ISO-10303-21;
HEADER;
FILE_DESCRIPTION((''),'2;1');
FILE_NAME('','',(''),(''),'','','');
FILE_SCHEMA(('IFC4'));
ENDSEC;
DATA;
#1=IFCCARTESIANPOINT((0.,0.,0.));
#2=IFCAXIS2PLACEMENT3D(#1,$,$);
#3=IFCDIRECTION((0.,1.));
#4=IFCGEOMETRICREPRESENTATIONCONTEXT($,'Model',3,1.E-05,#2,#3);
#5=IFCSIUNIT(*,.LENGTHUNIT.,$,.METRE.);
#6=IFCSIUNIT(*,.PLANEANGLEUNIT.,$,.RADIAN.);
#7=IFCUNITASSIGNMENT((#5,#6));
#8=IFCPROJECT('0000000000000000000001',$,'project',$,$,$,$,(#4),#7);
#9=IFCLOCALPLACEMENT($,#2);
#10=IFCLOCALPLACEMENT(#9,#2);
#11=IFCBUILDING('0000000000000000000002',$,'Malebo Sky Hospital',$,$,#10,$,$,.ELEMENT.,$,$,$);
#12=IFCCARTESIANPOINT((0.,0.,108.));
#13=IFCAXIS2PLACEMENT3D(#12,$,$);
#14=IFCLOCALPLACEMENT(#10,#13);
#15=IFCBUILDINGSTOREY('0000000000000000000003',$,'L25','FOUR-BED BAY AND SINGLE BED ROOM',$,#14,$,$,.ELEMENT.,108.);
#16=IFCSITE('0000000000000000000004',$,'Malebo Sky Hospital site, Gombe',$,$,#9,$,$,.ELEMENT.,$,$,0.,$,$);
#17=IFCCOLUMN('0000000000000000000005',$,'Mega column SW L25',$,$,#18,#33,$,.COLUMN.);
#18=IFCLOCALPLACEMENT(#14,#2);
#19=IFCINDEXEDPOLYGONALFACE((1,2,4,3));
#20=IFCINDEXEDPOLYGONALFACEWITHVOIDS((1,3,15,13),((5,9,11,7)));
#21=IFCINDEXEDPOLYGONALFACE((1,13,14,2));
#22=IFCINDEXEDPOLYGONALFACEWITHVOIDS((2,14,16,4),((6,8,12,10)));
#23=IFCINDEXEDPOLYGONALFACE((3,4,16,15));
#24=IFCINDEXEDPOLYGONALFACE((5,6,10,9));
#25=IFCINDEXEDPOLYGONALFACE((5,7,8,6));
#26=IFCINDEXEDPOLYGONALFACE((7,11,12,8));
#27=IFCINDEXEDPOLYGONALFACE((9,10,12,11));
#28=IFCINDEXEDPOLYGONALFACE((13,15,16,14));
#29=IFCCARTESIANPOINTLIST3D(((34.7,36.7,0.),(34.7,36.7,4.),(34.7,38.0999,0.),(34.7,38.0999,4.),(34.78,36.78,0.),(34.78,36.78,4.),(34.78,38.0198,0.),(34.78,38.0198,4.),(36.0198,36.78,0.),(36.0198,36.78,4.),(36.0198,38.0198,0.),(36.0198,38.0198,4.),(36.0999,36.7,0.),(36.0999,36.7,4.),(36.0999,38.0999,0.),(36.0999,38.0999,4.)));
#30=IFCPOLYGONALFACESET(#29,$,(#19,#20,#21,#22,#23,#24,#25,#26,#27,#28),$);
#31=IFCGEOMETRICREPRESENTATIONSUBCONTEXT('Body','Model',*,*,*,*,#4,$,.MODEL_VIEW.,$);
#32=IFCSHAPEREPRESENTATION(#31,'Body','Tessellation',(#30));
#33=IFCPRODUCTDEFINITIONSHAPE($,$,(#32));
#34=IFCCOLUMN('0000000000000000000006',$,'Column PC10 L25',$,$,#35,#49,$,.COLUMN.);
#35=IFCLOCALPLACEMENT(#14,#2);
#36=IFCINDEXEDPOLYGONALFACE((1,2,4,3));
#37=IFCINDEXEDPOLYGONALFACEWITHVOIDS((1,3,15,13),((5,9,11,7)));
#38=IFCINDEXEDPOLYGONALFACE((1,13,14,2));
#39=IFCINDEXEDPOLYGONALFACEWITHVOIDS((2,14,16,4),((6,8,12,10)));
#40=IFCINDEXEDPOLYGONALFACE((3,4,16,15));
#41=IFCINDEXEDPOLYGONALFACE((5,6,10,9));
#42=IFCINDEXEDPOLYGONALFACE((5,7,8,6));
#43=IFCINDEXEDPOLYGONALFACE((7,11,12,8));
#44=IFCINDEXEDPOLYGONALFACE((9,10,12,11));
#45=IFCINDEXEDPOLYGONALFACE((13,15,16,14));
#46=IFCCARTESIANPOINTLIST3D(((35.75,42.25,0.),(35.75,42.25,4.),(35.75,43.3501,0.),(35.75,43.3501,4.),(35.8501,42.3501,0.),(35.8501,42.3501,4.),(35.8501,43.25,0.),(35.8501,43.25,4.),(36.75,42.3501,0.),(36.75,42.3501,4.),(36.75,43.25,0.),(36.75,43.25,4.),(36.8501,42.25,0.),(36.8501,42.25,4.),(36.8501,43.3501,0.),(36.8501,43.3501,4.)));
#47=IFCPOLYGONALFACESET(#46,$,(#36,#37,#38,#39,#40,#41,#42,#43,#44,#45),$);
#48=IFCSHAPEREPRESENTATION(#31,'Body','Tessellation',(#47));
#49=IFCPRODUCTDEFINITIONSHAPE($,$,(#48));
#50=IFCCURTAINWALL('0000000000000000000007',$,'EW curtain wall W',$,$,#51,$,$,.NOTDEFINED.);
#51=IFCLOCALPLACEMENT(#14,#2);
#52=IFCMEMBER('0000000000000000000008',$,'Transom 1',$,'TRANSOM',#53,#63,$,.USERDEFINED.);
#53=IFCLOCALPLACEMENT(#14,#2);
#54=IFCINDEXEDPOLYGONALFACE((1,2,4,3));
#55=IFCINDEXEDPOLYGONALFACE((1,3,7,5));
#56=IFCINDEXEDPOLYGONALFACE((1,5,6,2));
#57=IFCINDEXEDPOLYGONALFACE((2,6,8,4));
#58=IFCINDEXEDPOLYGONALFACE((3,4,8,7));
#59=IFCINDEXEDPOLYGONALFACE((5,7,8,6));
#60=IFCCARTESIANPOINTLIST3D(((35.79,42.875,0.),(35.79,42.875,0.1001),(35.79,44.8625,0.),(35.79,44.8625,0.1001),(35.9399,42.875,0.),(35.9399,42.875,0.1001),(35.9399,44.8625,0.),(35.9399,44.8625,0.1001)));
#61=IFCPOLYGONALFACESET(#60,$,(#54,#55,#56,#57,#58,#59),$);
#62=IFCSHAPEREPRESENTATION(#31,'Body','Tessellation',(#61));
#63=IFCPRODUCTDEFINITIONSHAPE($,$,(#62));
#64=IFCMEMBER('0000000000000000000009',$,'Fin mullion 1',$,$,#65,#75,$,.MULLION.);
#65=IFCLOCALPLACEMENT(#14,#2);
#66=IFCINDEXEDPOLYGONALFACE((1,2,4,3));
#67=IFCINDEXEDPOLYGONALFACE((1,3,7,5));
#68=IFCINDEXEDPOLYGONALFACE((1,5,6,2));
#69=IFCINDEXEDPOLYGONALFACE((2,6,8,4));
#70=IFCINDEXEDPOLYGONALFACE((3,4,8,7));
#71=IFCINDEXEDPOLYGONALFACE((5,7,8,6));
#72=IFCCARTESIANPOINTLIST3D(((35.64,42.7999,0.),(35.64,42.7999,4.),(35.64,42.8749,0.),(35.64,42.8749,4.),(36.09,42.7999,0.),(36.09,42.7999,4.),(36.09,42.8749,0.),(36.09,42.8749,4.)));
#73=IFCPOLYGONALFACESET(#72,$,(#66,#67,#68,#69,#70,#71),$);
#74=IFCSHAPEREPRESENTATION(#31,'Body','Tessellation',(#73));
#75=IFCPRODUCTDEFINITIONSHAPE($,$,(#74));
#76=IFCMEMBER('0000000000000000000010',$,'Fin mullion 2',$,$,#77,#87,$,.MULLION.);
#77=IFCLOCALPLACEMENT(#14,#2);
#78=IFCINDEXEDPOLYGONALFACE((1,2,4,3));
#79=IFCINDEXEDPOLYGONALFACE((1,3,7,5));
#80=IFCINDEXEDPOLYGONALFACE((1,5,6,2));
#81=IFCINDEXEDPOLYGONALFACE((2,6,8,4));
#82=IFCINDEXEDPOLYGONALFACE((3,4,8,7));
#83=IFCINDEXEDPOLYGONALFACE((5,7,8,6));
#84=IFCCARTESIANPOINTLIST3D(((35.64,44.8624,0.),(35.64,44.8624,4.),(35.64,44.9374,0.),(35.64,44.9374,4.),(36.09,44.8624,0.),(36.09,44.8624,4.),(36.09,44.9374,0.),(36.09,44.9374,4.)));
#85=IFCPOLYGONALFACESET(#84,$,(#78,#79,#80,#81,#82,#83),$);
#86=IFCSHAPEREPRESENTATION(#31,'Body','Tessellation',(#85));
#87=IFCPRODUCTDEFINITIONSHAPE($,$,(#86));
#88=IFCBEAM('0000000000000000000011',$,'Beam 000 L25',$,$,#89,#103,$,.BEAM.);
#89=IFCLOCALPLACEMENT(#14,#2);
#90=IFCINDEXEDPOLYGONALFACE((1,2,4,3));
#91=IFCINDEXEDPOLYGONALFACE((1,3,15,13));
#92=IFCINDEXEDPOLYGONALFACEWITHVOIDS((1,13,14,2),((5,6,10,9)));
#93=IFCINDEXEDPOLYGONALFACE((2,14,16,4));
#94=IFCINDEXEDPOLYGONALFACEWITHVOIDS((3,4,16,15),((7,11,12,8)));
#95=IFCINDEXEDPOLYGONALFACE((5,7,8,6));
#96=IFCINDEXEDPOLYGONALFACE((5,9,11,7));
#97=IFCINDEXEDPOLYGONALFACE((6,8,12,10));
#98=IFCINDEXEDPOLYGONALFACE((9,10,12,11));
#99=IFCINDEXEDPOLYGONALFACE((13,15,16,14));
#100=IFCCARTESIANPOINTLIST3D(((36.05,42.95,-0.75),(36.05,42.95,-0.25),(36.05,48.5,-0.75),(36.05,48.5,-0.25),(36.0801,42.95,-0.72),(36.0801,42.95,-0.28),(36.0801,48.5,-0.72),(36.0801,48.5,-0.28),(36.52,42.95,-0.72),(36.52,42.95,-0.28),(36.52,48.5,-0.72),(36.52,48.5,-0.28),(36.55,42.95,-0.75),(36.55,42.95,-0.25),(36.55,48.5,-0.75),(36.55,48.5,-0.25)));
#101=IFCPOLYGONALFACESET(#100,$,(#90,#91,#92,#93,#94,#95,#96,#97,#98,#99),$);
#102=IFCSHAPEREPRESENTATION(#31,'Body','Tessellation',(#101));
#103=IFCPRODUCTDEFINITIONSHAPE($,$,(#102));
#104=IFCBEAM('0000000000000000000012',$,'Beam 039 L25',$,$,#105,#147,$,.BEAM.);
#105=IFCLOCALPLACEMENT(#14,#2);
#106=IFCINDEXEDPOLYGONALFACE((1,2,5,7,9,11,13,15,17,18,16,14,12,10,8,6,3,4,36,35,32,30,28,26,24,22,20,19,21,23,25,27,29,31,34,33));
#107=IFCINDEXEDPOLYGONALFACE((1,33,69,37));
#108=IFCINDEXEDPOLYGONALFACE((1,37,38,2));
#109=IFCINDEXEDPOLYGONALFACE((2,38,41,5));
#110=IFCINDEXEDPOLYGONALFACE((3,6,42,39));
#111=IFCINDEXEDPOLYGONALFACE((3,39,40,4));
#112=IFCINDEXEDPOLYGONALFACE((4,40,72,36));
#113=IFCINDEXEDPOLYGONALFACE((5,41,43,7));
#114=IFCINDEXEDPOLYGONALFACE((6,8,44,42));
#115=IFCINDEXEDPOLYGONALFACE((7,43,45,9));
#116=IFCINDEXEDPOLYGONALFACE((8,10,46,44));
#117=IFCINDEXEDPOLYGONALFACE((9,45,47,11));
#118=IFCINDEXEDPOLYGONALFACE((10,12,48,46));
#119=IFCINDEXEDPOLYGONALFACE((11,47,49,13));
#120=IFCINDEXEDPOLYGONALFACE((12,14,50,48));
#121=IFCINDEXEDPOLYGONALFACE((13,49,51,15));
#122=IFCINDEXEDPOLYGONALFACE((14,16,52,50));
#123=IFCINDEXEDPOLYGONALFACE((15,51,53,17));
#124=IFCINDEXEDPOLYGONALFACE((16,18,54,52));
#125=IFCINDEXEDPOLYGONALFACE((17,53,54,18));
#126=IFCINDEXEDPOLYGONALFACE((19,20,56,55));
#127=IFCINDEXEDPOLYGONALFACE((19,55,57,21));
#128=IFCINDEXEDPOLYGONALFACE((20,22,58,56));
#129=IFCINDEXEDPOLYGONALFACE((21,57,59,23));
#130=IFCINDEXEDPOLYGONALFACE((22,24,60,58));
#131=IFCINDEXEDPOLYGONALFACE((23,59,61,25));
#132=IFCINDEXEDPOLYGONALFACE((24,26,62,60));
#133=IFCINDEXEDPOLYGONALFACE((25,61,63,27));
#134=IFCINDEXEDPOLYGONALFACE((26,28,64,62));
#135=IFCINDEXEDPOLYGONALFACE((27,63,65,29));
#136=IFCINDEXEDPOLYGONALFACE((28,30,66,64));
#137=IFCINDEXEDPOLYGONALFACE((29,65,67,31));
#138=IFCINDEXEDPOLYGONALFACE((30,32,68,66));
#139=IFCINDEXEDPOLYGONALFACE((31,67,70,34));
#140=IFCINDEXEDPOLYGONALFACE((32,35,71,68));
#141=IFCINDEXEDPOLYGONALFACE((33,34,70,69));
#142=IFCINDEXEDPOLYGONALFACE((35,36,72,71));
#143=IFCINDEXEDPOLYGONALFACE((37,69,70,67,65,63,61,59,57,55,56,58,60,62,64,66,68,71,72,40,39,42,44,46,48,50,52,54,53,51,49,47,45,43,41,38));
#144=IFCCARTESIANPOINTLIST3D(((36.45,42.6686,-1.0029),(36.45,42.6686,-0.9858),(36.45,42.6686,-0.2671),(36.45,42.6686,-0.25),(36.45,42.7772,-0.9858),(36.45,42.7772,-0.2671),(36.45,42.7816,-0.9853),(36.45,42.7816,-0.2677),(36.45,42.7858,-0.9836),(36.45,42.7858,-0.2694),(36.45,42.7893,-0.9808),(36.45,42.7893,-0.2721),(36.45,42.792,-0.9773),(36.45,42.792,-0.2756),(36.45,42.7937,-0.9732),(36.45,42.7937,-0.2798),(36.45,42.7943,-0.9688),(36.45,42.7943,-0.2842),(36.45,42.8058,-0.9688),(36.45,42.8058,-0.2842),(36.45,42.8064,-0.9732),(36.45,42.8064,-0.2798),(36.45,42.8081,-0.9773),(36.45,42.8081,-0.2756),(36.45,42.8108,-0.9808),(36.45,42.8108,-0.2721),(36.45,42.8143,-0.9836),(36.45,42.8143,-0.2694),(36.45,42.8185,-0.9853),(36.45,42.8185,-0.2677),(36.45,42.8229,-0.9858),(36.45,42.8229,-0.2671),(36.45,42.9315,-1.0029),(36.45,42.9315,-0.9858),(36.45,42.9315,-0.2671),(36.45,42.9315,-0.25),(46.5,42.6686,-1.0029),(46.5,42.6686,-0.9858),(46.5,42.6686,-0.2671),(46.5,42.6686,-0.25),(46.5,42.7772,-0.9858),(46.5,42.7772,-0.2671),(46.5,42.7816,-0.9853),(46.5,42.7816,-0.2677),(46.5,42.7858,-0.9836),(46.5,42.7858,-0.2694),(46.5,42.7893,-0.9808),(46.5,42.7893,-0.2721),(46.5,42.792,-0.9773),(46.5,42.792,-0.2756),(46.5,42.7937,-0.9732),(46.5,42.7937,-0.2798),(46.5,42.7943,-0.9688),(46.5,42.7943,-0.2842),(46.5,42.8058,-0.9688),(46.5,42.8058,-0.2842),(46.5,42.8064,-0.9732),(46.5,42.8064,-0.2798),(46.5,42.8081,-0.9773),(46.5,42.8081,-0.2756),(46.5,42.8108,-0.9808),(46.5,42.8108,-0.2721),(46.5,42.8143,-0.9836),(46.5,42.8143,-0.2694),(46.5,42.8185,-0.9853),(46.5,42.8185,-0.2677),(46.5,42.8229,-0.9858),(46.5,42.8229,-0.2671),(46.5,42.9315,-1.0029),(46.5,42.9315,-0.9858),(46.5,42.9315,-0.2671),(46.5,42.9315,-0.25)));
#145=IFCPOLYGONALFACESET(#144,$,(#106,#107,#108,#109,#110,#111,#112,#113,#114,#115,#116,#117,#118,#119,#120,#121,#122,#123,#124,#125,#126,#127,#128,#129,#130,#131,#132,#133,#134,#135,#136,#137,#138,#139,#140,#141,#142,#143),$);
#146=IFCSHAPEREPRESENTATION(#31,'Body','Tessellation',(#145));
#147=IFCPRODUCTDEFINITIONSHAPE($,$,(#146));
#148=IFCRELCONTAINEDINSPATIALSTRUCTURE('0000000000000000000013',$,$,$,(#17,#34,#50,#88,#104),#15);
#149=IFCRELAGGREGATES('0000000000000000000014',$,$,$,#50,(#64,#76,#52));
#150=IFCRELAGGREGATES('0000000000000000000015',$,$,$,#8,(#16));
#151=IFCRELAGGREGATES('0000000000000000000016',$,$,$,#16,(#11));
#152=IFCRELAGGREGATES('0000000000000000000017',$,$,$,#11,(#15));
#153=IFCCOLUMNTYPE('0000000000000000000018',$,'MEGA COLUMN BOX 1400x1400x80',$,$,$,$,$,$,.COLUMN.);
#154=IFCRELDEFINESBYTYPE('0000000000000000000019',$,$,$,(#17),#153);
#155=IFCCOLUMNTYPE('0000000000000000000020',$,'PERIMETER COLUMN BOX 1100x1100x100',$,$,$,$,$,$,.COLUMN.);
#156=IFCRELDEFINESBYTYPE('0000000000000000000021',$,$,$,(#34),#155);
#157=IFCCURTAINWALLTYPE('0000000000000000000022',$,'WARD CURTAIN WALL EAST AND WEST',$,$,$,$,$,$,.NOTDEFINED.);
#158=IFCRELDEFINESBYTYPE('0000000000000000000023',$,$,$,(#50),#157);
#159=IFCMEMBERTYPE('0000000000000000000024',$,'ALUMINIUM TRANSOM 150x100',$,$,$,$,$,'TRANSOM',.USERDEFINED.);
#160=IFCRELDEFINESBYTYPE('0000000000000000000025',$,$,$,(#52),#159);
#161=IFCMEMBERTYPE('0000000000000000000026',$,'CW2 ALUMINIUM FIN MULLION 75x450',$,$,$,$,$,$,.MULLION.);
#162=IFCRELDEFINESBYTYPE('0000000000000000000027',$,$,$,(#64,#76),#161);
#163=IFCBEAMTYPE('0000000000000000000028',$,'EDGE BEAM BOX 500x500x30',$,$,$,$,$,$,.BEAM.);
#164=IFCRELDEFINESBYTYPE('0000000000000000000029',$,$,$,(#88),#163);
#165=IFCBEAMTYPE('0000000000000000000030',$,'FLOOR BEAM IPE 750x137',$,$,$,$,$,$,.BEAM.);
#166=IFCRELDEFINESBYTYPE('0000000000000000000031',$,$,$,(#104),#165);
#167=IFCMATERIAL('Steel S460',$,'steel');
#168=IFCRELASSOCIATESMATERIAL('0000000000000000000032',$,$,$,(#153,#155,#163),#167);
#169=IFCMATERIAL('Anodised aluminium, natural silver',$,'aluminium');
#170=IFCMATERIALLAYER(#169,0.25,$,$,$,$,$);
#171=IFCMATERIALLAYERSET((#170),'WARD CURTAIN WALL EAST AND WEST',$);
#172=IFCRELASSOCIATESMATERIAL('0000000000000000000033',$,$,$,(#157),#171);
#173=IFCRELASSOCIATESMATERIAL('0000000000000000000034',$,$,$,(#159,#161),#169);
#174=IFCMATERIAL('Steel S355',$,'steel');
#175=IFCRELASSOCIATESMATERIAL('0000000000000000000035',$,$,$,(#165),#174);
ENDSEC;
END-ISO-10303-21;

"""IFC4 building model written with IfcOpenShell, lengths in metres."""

from ifc_helpers import new_model, si_unit, direction, frame, origin, origin_2d, place, context, subcontext, project, spatial, rectangle, hollow_rectangle, i_section, extrude, material, layer, layer_set, material_profile, profile_set, type_object, element, aggregate, save


model = new_model("IFC4")

# Units and contexts
model_context = context("Model", 3, precision=1e-05, world=origin(), true_north=direction((0.0, 1.0)))
body_context = subcontext(model_context, "Body", "Model", "MODEL_VIEW")
ifc_project = project(units=[si_unit("LENGTHUNIT", "METRE"), si_unit("PLANEANGLEUNIT", "RADIAN")], contexts=[model_context])

# Site, building, storey
site_placement = place(None, origin())
site = spatial("IfcSite", under=ifc_project, at=site_placement, Name="Malebo Sky Hospital site, Gombe", CompositionType="ELEMENT", RefElevation=0.0)
building_placement = place(site_placement, origin())
building = spatial("IfcBuilding", under=site, at=building_placement, Name="Malebo Sky Hospital", CompositionType="ELEMENT")
storey_placement = place(building_placement, frame((0.0, 0.0, 108.0)))
storey = spatial("IfcBuildingStorey", under=building, at=storey_placement, Name="L25", Description="FOUR-BED BAY AND SINGLE BED ROOM", CompositionType="ELEMENT", Elevation=108.0)

# Columns
ifc_material_1 = material(Name="Steel S460", Category="steel")
ifc_material_profile_1 = material_profile(ifc_material_1, hollow_rectangle(XDim=1.3999, YDim=1.3999, WallThickness=0.0801, at=origin_2d()), Name="BOX 1400x1400x80")
ifc_profile_set_1 = profile_set([ifc_material_profile_1], Name="Steel S460")
column_type_1 = type_object("IfcColumnType", Name="MEGA COLUMN BOX 1400x1400x80", PredefinedType="COLUMN", material=ifc_profile_set_1)
column_1_placement = place(storey_placement, frame((35.3999, 37.3999, 0.0), z_axis=(0.0, 0.0, 1.0), x_axis=(1.0, 0.0, 0.0)))
element("IfcColumn", 1, at=column_1_placement, inside=storey, type_object=column_type_1, Name="Mega column SW L25", PredefinedType="COLUMN", context=body_context, shape_type="SweptSolid", body=[
    extrude(hollow_rectangle(XDim=1.3999, YDim=1.3999, WallThickness=0.0801, at=origin_2d()), origin(), (0.0, 0.0, 1.0), 4.0),
])
ifc_material_profile_2 = material_profile(ifc_material_1, hollow_rectangle(XDim=1.1001, YDim=1.1001, WallThickness=0.1001, at=origin_2d()), Name="BOX 1100x1100x100")
ifc_profile_set_2 = profile_set([ifc_material_profile_2], Name="Steel S460")
column_type_2 = type_object("IfcColumnType", Name="PERIMETER COLUMN BOX 1100x1100x100", PredefinedType="COLUMN", material=ifc_profile_set_2)
column_2_placement = place(storey_placement, frame((36.3, 42.8, 0.0), z_axis=(0.0, 0.0, 1.0), x_axis=(1.0, 0.0, 0.0)))
element("IfcColumn", 2, at=column_2_placement, inside=storey, type_object=column_type_2, Name="Column PC10 L25", PredefinedType="COLUMN", context=body_context, shape_type="SweptSolid", body=[
    extrude(hollow_rectangle(XDim=1.1001, YDim=1.1001, WallThickness=0.1001, at=origin_2d()), origin(), (0.0, 0.0, 1.0), 4.0),
])

# Curtain wall, members
ifc_material_2 = material(Name="Anodised aluminium, natural silver", Category="aluminium")
ifc_layer_1 = layer(ifc_material_2, 0.25)
ifc_layer_set_1 = layer_set([ifc_layer_1], Name="WARD CURTAIN WALL EAST AND WEST")
curtain_wall_type = type_object("IfcCurtainWallType", Name="WARD CURTAIN WALL EAST AND WEST", PredefinedType="NOTDEFINED", material=ifc_layer_set_1)
curtain_wall_placement = place(storey_placement, origin())
curtain_wall = element("IfcCurtainWall", 3, at=curtain_wall_placement, inside=storey, type_object=curtain_wall_type, Name="EW curtain wall W", PredefinedType="NOTDEFINED")
ifc_material_profile_3 = material_profile(ifc_material_2, rectangle(XDim=0.1499, YDim=0.1001, at=origin_2d()), Name="ALUMINIUM TRANSOM 150x100")
ifc_profile_set_3 = profile_set([ifc_material_profile_3], Name="Anodised aluminium, natural silver")
member_type_1 = type_object("IfcMemberType", Name="ALUMINIUM TRANSOM 150x100", ElementType="TRANSOM", PredefinedType="USERDEFINED", material=ifc_profile_set_3)
member_1_placement = place(storey_placement, frame((35.865, 42.875, 0.05), z_axis=(0.0, 1.0, 0.0), x_axis=(-1.0, 0.0, 0.0)))
member_1 = element("IfcMember", 4, at=member_1_placement, type_object=member_type_1, Name="Transom 1", ObjectType="TRANSOM", PredefinedType="USERDEFINED", context=body_context, shape_type="SweptSolid", body=[
    extrude(rectangle(XDim=0.1499, YDim=0.1001, at=origin_2d()), origin(), (0.0, 0.0, 1.0), 1.9875),
])
ifc_material_profile_4 = material_profile(ifc_material_2, rectangle(XDim=0.075, YDim=0.45, at=origin_2d()), Name="CW2 ALUMINIUM FIN MULLION 75x450")
ifc_profile_set_4 = profile_set([ifc_material_profile_4], Name="Anodised aluminium, natural silver")
member_type_2 = type_object("IfcMemberType", Name="CW2 ALUMINIUM FIN MULLION 75x450", PredefinedType="MULLION", material=ifc_profile_set_4)
member_2_placement = place(storey_placement, frame((35.865, 42.8374, 0.0), z_axis=(0.0, 0.0, 1.0), x_axis=(0.0, 1.0, 0.0)))
member_2 = element("IfcMember", 5, at=member_2_placement, type_object=member_type_2, Name="Fin mullion 1", PredefinedType="MULLION", context=body_context, shape_type="SweptSolid", body=[
    extrude(rectangle(XDim=0.075, YDim=0.45, at=origin_2d()), origin(), (0.0, 0.0, 1.0), 4.0),
])
member_3_placement = place(storey_placement, frame((35.865, 44.8999, 0.0), z_axis=(0.0, 0.0, 1.0), x_axis=(0.0, 1.0, 0.0)))
member_3 = element("IfcMember", 6, at=member_3_placement, type_object=member_type_2, Name="Fin mullion 2", PredefinedType="MULLION", context=body_context, shape_type="SweptSolid", body=[
    extrude(rectangle(XDim=0.075, YDim=0.45, at=origin_2d()), origin(), (0.0, 0.0, 1.0), 4.0),
])

# Beams
ifc_material_profile_5 = material_profile(ifc_material_1, hollow_rectangle(XDim=0.5, YDim=0.5, WallThickness=0.03, at=origin_2d()), Name="BOX 500x500x30")
ifc_profile_set_5 = profile_set([ifc_material_profile_5], Name="Steel S460")
beam_type_1 = type_object("IfcBeamType", Name="EDGE BEAM BOX 500x500x30", PredefinedType="BEAM", material=ifc_profile_set_5)
beam_1_placement = place(storey_placement, frame((36.3, 42.95, -0.5), z_axis=(0.0, 1.0, 0.0), x_axis=(-1.0, 0.0, 0.0)))
element("IfcBeam", 7, at=beam_1_placement, inside=storey, type_object=beam_type_1, Name="Beam 000 L25", PredefinedType="BEAM", context=body_context, shape_type="SweptSolid", body=[
    extrude(hollow_rectangle(XDim=0.5, YDim=0.5, WallThickness=0.03, at=origin_2d()), origin(), (0.0, 0.0, 1.0), 5.55),
])
ifc_material_3 = material(Name="Steel S355", Category="steel")
ifc_material_profile_6 = material_profile(ifc_material_3, i_section(OverallWidth=0.2629, OverallDepth=0.7529, WebThickness=0.0115, FlangeThickness=0.0171, FilletRadius=0.0171, at=origin_2d()), Name="IPE 750x137")
ifc_profile_set_6 = profile_set([ifc_material_profile_6], Name="Steel S355")
beam_type_2 = type_object("IfcBeamType", Name="FLOOR BEAM IPE 750x137", PredefinedType="BEAM", material=ifc_profile_set_6)
beam_2_placement = place(storey_placement, frame((36.45, 42.8, -0.6265), z_axis=(1.0, 0.0, 0.0), x_axis=(0.0, 1.0, 0.0)))
element("IfcBeam", 8, at=beam_2_placement, inside=storey, type_object=beam_type_2, Name="Beam 039 L25", PredefinedType="BEAM", context=body_context, shape_type="SweptSolid", body=[
    extrude(i_section(OverallWidth=0.2629, OverallDepth=0.7529, WebThickness=0.0115, FlangeThickness=0.0171, FilletRadius=0.0171, at=origin_2d()), origin(), (0.0, 0.0, 1.0), 10.05),
])

aggregate(curtain_wall, [member_2, member_3, member_1])

save(model, "model.ifc")
